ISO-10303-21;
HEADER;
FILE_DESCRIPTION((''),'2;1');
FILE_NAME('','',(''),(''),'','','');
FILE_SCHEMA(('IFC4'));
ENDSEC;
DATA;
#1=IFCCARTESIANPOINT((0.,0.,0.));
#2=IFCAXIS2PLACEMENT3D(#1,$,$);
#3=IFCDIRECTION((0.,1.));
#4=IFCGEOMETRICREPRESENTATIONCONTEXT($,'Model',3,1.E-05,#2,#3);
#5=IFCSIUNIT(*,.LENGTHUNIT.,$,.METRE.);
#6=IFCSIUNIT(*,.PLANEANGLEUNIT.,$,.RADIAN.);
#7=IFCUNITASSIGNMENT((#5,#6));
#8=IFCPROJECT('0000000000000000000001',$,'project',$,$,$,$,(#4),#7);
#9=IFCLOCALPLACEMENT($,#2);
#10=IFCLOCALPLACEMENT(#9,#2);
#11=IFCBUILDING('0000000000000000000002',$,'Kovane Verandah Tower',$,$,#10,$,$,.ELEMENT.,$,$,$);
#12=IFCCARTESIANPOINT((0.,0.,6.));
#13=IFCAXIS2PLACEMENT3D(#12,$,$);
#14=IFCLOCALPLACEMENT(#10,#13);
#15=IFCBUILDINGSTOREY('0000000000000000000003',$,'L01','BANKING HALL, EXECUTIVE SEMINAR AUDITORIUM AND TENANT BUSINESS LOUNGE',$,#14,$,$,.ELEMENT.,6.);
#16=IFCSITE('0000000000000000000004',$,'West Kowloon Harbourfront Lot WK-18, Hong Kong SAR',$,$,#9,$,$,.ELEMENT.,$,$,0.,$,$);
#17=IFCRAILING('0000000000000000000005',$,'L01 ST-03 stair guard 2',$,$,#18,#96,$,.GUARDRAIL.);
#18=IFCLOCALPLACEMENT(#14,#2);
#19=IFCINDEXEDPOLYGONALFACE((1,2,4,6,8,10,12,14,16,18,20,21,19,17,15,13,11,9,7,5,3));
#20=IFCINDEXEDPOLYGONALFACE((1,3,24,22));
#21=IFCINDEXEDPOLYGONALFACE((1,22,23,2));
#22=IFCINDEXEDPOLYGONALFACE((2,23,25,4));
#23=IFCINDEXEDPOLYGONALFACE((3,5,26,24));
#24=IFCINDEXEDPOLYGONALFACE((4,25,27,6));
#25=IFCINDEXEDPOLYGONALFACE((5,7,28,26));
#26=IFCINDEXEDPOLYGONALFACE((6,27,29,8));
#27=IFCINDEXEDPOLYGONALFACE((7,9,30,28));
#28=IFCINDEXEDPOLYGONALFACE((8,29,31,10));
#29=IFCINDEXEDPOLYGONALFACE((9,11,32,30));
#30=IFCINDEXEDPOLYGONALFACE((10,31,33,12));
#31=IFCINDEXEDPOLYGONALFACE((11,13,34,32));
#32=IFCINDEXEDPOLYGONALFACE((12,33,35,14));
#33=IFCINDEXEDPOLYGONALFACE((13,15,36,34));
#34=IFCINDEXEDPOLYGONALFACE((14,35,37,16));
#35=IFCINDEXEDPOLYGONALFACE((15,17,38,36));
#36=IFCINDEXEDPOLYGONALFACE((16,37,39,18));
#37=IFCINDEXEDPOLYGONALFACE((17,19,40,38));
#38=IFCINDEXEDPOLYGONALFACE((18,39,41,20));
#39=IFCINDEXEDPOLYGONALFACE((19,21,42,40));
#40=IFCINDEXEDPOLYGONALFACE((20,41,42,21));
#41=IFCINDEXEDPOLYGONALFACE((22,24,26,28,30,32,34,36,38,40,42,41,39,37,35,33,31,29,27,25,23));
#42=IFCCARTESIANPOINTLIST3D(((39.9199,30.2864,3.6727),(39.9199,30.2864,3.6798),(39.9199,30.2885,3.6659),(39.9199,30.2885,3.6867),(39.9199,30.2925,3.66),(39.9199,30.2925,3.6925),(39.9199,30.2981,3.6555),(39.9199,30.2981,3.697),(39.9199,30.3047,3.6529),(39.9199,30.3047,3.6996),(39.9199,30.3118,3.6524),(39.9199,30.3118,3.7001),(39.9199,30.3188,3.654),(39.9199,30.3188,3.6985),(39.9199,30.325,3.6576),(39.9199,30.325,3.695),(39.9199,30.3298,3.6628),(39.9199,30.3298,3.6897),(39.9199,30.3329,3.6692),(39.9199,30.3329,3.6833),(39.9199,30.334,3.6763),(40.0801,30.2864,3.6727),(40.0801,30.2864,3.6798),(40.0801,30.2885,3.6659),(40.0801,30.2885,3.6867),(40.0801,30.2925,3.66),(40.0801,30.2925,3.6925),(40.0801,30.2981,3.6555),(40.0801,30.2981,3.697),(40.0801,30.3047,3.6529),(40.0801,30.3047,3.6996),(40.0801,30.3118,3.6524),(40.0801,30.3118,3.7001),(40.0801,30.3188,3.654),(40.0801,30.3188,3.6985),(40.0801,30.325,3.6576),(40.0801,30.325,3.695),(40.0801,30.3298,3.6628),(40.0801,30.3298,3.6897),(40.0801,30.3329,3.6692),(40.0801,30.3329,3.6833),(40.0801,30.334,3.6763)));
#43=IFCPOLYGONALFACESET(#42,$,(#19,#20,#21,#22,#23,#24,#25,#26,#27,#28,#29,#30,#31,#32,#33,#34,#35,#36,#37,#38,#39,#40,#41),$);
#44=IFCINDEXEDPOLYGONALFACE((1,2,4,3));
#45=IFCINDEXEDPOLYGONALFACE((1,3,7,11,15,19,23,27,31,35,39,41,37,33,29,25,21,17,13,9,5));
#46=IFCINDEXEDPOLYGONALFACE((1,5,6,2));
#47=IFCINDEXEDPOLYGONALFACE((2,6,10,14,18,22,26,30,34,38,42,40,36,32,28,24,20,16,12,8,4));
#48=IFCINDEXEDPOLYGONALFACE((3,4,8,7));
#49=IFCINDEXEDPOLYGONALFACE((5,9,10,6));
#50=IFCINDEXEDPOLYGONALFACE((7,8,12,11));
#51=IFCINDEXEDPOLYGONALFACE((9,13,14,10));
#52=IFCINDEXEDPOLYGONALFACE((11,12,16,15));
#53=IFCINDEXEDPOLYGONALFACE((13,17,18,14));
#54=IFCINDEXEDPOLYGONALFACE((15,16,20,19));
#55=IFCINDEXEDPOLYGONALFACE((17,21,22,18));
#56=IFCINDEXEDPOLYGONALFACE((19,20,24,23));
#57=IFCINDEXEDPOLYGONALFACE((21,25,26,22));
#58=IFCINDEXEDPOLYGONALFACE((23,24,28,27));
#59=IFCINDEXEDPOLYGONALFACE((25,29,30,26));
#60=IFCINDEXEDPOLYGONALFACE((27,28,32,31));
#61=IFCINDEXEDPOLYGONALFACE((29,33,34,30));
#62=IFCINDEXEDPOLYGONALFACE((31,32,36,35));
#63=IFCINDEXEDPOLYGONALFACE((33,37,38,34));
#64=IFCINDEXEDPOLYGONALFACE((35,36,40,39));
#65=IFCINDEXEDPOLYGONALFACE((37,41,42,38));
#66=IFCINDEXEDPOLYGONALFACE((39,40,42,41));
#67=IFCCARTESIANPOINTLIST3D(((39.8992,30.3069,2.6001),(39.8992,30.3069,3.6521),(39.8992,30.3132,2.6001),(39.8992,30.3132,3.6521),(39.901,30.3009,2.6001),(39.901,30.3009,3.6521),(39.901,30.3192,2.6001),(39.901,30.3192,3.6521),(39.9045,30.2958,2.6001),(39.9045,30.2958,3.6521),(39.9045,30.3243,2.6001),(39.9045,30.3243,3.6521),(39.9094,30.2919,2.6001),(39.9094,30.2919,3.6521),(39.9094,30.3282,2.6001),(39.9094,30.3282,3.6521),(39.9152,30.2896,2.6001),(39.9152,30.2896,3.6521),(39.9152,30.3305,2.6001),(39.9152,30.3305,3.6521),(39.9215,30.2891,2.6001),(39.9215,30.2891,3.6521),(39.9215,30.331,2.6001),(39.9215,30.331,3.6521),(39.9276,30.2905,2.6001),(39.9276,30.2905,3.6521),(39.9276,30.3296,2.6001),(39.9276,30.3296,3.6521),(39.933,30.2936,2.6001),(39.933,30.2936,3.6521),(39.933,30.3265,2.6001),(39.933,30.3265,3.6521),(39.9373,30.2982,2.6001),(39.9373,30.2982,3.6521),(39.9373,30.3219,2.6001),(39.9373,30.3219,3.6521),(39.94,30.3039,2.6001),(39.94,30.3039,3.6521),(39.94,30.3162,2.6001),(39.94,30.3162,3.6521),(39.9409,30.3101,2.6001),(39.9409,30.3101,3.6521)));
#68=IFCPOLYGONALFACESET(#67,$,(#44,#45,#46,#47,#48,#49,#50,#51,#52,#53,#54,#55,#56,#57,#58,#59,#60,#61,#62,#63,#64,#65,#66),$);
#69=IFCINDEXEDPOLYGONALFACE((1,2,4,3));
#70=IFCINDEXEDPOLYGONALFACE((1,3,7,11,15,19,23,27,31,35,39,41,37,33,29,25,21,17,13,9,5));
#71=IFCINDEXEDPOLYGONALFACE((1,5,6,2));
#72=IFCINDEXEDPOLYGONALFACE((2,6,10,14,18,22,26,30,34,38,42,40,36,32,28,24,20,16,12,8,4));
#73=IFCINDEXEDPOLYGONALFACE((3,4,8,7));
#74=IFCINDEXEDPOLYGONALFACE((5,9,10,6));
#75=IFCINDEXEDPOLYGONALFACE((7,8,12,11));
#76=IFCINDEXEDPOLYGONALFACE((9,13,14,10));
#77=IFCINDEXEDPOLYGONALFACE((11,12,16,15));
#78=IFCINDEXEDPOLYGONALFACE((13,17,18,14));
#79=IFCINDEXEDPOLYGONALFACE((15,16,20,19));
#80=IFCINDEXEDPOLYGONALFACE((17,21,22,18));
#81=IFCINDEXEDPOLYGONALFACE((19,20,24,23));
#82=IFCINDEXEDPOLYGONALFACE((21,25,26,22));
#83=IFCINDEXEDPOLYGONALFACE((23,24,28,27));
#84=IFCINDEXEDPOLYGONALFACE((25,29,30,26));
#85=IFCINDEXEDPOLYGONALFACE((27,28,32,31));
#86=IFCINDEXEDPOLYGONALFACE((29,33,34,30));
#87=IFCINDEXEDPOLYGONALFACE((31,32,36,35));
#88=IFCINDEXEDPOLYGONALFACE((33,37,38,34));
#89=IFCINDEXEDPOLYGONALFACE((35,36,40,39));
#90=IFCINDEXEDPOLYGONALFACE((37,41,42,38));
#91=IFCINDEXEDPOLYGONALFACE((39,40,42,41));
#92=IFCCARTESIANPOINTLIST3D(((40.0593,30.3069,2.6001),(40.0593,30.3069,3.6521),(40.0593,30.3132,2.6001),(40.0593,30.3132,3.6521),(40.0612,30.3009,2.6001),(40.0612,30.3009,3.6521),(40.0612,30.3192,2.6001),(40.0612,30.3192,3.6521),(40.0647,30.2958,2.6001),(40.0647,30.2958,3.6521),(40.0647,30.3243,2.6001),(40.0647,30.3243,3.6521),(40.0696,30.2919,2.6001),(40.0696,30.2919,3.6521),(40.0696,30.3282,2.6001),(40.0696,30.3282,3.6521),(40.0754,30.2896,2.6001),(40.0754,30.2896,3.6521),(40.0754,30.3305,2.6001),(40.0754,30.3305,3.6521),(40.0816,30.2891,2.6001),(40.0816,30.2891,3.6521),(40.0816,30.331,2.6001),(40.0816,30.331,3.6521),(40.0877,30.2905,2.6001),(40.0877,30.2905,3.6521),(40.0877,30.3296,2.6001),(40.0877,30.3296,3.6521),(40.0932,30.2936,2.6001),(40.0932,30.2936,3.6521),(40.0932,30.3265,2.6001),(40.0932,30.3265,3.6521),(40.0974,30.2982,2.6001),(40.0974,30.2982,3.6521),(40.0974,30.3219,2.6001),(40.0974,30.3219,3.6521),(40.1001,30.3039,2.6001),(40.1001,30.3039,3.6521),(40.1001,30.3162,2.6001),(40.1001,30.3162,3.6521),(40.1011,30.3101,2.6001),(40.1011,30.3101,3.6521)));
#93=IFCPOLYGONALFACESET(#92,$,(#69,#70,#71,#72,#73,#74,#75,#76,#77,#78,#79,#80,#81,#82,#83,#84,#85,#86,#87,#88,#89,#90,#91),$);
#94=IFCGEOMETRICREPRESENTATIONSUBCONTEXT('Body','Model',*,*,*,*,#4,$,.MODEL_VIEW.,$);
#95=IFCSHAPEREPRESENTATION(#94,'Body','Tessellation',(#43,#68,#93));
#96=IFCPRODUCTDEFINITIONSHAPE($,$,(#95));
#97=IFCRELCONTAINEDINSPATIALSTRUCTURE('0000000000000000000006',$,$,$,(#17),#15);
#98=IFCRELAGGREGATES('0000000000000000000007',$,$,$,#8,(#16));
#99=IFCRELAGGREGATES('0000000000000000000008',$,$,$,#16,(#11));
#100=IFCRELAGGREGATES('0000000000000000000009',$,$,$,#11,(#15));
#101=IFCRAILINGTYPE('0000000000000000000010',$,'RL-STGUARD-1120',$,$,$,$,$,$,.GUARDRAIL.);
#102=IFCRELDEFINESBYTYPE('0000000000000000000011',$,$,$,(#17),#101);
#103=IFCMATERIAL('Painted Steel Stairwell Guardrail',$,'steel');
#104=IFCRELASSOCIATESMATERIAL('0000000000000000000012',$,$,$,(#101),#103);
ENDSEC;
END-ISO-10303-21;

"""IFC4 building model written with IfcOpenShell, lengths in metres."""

from ifc_helpers import new_model, si_unit, direction, frame, origin, origin_2d, place, context, subcontext, project, spatial, circle, extrude, material, type_object, element, save


model = new_model("IFC4")

# Units and contexts
model_context = context("Model", 3, precision=1e-05, world=origin(), true_north=direction((0.0, 1.0)))
body_context = subcontext(model_context, "Body", "Model", "MODEL_VIEW")
ifc_project = project(units=[si_unit("LENGTHUNIT", "METRE"), si_unit("PLANEANGLEUNIT", "RADIAN")], contexts=[model_context])

# Site, building, storey
site_placement = place(None, origin())
site = spatial("IfcSite", under=ifc_project, at=site_placement, Name="West Kowloon Harbourfront Lot WK-18, Hong Kong SAR", CompositionType="ELEMENT", RefElevation=0.0)
building_placement = place(site_placement, origin())
building = spatial("IfcBuilding", under=site, at=building_placement, Name="Kovane Verandah Tower", CompositionType="ELEMENT")
storey_placement = place(building_placement, frame((0.0, 0.0, 6.0)))
storey = spatial("IfcBuildingStorey", under=building, at=storey_placement, Name="L01", Description="BANKING HALL, EXECUTIVE SEMINAR AUDITORIUM AND TENANT BUSINESS LOUNGE", CompositionType="ELEMENT", Elevation=6.0)

# Railing
ifc_material_1 = material(Name="Painted Steel Stairwell Guardrail", Category="steel")
railing_type_1 = type_object("IfcRailingType", Name="RL-STGUARD-1120", PredefinedType="GUARDRAIL", material=ifc_material_1)
railing_1_placement = place(storey_placement, frame((39.9199, 30.3101, 2.6001)))
element("IfcRailing", 1, at=railing_1_placement, inside=storey, type_object=railing_type_1, Name="L01 ST-03 stair guard 2", PredefinedType="GUARDRAIL", context=body_context, shape_type="SweptSolid", body=[
    extrude(circle(Radius=0.0239, at=origin_2d()), frame((0.0, 0.0, 1.0762), z_axis=(1.0, 0.0, 0.0), x_axis=(0.0, 1.0, 0.0)), (0.0, 0.0, 1.0), 0.1602),
    extrude(circle(Radius=0.021, at=origin_2d()), origin(), (0.0, 0.0, 1.0), 1.052),
    extrude(circle(Radius=0.021, at=origin_2d()), frame((0.1602, 0.0, 0.0)), (0.0, 0.0, 1.0), 1.052),
])

save(model, "model.ifc")
